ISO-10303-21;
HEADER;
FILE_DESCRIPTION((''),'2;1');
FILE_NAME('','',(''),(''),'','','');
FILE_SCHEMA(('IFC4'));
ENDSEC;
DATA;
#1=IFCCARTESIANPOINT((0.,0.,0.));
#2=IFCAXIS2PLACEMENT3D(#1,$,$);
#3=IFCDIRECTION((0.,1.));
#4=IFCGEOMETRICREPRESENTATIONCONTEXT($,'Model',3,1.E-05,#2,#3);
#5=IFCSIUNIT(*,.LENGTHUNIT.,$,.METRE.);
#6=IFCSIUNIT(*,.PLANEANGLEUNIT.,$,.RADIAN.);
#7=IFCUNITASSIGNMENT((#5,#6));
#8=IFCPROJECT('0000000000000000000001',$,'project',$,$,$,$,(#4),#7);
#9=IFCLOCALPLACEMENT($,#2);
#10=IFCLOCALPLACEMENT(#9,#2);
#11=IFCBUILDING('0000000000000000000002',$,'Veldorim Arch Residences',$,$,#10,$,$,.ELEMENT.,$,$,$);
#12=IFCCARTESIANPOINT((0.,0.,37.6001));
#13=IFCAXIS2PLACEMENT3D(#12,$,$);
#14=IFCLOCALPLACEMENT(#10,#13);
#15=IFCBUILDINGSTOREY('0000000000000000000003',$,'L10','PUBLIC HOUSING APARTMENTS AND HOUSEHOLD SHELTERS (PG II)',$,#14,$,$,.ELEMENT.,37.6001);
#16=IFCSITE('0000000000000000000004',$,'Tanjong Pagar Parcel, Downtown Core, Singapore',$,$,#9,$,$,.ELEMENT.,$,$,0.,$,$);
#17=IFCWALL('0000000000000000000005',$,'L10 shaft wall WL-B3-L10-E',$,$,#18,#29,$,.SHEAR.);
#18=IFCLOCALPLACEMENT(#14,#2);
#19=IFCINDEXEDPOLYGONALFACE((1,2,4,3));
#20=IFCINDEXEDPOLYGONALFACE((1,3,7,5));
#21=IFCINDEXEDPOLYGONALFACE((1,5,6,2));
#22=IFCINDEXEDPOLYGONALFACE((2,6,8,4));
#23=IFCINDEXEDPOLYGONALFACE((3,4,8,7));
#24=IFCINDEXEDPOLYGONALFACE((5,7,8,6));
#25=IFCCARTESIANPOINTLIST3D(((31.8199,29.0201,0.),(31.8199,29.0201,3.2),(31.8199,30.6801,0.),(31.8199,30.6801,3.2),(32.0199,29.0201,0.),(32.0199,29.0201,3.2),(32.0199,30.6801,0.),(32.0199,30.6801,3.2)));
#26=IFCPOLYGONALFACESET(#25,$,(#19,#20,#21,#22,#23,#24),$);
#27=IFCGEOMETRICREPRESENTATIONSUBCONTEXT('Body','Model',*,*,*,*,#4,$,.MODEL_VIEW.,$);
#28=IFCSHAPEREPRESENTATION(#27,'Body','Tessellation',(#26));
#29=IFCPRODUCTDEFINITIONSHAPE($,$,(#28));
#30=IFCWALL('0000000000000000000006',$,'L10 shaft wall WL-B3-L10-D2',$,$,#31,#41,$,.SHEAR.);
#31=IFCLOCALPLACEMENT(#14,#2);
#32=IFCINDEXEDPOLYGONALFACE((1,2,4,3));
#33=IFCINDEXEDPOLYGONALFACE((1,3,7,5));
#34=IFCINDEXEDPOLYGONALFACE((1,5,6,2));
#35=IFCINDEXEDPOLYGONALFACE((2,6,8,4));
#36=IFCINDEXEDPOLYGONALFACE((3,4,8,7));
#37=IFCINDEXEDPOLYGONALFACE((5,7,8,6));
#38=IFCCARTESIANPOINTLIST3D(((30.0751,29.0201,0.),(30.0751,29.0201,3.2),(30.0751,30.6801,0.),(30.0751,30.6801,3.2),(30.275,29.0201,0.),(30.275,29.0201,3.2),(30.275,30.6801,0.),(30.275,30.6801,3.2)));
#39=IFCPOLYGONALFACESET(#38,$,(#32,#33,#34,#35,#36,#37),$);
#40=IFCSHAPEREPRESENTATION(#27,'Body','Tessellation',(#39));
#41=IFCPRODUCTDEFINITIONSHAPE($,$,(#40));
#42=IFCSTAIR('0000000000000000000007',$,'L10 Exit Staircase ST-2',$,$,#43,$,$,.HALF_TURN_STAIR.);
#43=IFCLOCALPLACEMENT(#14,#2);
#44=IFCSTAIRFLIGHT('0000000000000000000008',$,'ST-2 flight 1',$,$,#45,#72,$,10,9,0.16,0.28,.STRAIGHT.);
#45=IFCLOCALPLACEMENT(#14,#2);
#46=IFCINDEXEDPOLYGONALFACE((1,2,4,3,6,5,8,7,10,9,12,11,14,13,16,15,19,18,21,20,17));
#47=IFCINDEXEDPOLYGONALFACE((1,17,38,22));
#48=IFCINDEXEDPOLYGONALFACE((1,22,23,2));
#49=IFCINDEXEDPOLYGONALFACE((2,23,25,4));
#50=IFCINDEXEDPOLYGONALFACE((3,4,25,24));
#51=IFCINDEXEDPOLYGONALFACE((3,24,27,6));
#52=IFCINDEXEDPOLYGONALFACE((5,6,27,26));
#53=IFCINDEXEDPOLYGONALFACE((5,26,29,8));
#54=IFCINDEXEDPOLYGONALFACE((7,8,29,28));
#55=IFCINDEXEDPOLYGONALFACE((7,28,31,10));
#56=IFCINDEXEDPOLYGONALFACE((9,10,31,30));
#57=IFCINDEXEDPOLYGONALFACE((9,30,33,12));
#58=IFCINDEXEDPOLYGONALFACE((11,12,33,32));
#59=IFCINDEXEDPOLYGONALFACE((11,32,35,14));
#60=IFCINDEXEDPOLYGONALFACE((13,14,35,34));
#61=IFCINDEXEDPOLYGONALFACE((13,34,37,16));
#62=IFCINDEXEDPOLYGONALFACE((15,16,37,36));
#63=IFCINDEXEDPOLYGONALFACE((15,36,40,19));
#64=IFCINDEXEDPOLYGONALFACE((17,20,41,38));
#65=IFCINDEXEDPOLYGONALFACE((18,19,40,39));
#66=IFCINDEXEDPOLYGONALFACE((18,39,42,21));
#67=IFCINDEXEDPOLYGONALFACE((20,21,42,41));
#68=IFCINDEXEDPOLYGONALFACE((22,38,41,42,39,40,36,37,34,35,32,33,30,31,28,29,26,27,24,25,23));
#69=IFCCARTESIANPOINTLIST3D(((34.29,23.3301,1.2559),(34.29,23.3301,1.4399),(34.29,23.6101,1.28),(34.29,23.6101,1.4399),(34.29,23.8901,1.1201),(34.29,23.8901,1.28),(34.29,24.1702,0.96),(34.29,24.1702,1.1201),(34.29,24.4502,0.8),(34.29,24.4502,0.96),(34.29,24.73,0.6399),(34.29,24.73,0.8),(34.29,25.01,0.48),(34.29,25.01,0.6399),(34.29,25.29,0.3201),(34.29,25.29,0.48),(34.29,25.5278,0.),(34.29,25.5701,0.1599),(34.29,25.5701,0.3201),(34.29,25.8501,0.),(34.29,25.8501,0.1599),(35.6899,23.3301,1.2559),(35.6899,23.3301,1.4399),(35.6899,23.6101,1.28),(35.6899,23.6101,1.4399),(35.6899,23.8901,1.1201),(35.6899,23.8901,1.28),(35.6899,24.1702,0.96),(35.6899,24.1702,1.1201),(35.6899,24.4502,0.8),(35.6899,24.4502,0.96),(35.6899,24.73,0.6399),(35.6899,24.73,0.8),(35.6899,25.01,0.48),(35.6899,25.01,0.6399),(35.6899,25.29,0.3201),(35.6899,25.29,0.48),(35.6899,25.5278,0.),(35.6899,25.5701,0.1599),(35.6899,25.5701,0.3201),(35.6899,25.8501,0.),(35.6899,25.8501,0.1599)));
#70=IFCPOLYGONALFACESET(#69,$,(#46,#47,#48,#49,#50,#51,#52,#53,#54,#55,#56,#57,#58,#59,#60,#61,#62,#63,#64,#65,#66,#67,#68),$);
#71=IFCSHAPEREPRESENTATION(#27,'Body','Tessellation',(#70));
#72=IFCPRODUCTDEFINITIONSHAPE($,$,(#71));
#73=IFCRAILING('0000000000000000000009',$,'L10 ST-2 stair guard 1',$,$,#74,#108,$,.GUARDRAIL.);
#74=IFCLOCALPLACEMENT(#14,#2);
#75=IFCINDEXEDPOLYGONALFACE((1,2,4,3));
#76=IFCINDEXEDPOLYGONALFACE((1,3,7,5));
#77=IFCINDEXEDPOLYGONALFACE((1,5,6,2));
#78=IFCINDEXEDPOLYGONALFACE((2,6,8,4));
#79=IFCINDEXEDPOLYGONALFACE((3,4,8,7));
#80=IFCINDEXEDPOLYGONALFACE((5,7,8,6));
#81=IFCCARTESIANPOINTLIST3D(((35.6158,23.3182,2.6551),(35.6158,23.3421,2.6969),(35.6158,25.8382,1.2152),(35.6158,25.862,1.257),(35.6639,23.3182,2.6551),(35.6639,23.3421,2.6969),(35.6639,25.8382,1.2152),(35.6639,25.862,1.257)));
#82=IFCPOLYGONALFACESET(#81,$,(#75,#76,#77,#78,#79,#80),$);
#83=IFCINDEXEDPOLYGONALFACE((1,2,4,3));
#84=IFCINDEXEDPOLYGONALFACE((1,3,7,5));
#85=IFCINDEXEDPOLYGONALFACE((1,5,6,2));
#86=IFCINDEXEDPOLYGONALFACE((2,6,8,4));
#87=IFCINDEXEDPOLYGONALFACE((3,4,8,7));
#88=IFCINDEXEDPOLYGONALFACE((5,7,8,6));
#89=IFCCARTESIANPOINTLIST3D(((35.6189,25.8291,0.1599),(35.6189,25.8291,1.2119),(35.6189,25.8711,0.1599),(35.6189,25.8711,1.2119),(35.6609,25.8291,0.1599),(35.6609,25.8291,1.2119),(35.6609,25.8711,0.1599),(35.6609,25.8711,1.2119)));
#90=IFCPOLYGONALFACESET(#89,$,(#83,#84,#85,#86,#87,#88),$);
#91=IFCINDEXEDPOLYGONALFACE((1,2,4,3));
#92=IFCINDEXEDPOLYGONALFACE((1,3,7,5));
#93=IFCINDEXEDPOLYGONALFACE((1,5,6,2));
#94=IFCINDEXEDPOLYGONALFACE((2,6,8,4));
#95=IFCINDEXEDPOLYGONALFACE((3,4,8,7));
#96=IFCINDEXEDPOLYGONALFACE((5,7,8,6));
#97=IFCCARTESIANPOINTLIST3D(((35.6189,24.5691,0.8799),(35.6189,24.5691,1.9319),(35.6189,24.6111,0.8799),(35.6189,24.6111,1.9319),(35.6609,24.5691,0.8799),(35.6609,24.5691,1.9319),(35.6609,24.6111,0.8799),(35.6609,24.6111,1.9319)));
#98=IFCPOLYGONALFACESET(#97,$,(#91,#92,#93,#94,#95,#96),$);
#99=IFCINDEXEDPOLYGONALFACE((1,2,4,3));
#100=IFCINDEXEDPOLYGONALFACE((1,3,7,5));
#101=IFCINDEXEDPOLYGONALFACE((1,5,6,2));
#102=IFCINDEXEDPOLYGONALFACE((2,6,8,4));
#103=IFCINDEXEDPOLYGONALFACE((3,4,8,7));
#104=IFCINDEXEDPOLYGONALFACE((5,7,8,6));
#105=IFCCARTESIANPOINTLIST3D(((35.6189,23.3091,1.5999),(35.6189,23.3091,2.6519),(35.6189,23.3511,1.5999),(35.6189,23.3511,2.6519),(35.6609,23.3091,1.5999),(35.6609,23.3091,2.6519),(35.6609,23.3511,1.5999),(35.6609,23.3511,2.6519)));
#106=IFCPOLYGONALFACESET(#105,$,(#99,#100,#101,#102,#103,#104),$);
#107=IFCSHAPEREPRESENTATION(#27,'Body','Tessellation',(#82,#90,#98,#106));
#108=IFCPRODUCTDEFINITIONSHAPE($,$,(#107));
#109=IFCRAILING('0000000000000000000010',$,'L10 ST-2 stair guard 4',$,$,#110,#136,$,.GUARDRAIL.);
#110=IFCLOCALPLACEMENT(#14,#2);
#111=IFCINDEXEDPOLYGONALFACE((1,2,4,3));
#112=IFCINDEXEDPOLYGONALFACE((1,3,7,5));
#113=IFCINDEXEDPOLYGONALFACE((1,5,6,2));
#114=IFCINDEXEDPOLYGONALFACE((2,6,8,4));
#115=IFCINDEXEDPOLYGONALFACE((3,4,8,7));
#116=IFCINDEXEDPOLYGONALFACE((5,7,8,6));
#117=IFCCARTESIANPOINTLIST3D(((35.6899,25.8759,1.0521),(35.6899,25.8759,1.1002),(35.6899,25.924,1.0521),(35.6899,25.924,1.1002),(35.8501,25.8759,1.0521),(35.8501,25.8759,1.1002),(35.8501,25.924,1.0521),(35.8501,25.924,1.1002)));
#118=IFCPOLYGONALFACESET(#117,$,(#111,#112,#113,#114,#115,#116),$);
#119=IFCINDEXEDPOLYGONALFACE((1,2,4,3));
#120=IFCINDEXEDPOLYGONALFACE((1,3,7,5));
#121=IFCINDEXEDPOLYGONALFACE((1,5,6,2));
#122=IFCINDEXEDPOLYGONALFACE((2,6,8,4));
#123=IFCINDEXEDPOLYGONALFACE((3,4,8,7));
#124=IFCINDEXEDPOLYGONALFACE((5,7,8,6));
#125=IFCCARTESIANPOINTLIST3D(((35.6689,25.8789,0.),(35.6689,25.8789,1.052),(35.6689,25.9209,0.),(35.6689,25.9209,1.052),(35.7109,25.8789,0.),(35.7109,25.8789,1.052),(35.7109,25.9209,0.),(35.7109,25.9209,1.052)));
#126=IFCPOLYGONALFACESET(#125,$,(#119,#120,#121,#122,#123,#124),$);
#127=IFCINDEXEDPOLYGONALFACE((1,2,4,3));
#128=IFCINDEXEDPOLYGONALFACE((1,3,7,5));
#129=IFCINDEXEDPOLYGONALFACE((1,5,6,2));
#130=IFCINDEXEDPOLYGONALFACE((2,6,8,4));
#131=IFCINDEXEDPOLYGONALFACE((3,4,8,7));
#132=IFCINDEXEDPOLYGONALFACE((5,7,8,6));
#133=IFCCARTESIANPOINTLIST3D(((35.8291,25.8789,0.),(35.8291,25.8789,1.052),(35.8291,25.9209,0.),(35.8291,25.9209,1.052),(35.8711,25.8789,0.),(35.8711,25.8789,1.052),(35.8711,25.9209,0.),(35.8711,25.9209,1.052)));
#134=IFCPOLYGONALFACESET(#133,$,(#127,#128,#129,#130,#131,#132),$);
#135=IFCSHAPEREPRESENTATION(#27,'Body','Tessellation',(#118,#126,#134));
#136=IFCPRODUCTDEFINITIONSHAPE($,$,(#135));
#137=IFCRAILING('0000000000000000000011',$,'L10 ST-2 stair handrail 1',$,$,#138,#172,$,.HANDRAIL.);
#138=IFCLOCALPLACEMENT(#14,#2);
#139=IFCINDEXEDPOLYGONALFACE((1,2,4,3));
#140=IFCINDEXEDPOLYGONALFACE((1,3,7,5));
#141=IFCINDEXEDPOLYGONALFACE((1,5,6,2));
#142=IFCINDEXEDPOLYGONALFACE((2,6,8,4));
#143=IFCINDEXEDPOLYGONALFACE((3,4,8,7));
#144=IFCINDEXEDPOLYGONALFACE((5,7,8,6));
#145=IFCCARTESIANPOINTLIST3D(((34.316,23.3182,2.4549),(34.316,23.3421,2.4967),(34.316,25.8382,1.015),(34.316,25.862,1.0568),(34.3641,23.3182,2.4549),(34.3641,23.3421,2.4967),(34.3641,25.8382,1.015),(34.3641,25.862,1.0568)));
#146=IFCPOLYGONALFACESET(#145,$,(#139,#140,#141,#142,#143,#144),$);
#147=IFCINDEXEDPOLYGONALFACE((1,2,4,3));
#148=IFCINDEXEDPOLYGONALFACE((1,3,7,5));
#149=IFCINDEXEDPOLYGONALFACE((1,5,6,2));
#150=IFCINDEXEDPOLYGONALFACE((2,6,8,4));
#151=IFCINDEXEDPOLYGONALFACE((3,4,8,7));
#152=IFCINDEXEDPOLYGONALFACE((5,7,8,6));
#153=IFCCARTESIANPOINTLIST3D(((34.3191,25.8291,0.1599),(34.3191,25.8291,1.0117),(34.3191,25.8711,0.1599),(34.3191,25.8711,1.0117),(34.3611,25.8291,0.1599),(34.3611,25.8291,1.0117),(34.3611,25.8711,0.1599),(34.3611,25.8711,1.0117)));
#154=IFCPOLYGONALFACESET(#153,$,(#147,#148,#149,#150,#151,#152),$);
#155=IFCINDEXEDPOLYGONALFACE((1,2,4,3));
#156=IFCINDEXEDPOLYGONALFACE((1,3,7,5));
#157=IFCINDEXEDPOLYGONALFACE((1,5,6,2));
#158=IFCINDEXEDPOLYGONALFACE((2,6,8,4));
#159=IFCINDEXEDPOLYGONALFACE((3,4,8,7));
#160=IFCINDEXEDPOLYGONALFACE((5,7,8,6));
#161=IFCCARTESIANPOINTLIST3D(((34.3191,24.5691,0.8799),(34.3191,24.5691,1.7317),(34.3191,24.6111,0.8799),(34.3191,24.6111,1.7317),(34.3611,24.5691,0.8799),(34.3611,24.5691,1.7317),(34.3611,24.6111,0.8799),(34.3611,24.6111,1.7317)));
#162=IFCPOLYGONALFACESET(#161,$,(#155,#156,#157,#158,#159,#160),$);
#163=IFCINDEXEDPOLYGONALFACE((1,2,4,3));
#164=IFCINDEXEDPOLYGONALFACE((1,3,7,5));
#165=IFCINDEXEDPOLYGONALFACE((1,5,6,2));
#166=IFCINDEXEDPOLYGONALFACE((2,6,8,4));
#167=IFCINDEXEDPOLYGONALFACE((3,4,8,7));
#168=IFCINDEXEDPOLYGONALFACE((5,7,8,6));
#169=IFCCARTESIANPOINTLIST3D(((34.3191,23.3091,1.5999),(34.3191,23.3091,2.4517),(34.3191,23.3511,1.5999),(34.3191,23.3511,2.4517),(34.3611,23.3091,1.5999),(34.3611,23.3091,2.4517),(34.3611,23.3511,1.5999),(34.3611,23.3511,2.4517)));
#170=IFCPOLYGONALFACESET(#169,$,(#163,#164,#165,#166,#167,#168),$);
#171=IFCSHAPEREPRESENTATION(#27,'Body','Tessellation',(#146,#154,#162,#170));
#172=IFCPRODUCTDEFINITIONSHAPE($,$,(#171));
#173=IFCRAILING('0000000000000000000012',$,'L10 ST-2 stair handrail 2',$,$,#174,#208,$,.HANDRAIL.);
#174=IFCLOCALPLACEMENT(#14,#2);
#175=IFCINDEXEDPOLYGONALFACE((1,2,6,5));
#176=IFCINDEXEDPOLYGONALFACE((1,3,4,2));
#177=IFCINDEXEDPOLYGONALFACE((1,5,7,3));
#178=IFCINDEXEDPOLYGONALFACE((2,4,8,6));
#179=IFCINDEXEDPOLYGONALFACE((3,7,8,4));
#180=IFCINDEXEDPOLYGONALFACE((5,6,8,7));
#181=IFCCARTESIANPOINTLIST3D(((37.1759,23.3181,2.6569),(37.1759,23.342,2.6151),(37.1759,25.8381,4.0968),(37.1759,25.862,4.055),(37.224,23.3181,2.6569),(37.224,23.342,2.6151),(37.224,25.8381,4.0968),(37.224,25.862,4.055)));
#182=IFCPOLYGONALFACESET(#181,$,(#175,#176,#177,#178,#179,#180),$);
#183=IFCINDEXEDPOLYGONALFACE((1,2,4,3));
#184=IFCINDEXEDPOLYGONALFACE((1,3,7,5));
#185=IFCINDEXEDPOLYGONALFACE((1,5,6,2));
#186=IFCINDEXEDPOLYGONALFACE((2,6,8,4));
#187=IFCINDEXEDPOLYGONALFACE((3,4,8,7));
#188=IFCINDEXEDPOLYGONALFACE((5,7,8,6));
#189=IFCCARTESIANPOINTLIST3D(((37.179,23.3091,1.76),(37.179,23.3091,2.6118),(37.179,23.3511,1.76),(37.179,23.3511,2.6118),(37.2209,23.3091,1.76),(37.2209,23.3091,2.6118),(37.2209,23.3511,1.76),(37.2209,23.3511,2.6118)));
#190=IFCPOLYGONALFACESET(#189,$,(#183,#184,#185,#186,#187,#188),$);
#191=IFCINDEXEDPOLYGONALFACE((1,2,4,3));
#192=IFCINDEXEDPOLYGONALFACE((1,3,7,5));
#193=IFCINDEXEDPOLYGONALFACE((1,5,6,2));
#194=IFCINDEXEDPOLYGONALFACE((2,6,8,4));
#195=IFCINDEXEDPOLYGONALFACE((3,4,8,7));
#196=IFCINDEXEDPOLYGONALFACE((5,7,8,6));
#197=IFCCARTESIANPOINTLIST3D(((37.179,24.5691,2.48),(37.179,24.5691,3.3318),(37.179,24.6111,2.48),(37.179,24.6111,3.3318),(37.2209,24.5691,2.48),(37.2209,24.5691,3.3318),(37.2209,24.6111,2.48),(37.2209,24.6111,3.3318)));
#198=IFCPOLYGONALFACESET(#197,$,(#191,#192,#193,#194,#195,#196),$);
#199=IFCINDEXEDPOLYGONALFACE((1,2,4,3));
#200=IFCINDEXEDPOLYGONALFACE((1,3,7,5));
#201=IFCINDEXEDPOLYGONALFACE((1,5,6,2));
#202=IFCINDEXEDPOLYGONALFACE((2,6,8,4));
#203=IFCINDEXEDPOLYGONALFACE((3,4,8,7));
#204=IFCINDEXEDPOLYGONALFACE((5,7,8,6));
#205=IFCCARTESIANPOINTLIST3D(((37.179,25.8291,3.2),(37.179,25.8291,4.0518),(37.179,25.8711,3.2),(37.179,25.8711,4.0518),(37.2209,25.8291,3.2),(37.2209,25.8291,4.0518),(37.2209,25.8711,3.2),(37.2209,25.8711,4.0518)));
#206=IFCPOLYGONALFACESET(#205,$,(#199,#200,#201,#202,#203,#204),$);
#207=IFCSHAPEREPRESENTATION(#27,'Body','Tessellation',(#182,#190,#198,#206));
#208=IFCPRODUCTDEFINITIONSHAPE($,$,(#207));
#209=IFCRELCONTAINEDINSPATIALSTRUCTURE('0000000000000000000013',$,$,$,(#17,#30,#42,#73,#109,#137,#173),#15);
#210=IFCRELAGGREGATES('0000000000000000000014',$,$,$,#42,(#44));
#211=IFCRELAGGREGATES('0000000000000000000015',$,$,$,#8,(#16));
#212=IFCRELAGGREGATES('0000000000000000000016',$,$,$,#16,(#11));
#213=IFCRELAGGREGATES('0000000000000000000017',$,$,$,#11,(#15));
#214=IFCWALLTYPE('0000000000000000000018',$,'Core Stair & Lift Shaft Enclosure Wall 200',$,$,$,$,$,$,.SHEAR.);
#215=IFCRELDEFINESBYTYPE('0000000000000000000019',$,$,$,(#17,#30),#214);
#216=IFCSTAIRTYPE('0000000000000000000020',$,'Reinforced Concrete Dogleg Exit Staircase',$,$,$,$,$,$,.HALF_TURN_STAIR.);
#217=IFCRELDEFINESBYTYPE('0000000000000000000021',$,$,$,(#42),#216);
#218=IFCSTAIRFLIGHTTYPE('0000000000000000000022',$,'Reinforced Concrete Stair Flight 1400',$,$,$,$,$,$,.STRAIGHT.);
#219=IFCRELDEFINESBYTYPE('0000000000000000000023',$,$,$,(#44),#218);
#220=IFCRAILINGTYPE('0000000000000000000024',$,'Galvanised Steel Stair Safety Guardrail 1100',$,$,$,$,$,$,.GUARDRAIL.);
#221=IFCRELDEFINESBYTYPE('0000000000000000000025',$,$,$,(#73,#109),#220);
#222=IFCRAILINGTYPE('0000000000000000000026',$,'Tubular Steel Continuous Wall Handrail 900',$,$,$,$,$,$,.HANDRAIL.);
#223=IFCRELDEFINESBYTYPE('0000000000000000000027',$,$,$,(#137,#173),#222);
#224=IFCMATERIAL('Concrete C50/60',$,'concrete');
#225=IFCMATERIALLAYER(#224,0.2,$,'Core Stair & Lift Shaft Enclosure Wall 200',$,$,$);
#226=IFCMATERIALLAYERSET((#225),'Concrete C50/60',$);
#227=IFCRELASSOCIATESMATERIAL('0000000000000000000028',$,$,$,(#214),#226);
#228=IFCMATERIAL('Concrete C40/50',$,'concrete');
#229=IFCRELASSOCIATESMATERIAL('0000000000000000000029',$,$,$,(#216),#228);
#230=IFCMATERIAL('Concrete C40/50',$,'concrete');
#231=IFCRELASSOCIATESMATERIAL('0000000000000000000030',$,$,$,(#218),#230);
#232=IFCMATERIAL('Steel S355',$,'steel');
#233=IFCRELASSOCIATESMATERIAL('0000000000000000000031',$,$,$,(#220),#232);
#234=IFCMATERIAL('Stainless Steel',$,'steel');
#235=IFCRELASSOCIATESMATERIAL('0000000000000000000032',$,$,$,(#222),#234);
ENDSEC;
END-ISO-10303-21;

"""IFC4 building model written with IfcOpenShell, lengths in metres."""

from ifc_helpers import new_model, si_unit, direction, frame, frame_2d, origin, origin_2d, place, context, subcontext, project, spatial, polyline, rectangle, outline, extrude, material, layer, layer_set, type_object, element, aggregate, save


model = new_model("IFC4")

# Units and contexts
model_context = context("Model", 3, precision=1e-05, world=origin(), true_north=direction((0.0, 1.0)))
body_context = subcontext(model_context, "Body", "Model", "MODEL_VIEW")
ifc_project = project(units=[si_unit("LENGTHUNIT", "METRE"), si_unit("PLANEANGLEUNIT", "RADIAN")], contexts=[model_context])

# Site, building, storey
site_placement = place(None, origin())
site = spatial("IfcSite", under=ifc_project, at=site_placement, Name="Tanjong Pagar Parcel, Downtown Core, Singapore", CompositionType="ELEMENT", RefElevation=0.0)
building_placement = place(site_placement, origin())
building = spatial("IfcBuilding", under=site, at=building_placement, Name="Veldorim Arch Residences", CompositionType="ELEMENT")
storey_placement = place(building_placement, frame((0.0, 0.0, 37.6001)))
storey = spatial("IfcBuildingStorey", under=building, at=storey_placement, Name="L10", Description="PUBLIC HOUSING APARTMENTS AND HOUSEHOLD SHELTERS (PG II)", CompositionType="ELEMENT", Elevation=37.6001)

# Shared definitions
ifc_material_1 = material(Name="Concrete C50/60", Category="concrete")
ifc_layer_1 = layer(ifc_material_1, 0.2, Name="Core Stair & Lift Shaft Enclosure Wall 200")
ifc_layer_set_1 = layer_set([ifc_layer_1], Name="Concrete C50/60")
wall_type_1 = type_object("IfcWallType", Name="Core Stair & Lift Shaft Enclosure Wall 200", PredefinedType="SHEAR", material=ifc_layer_set_1)

# Walls
for number, where, z_axis, x_axis, name in (
    (1, (31.9199, 29.02, 0.0), (0.0, 0.0, 1.0), (0.0, 1.0, 0.0), "L10 shaft wall WL-B3-L10-E"),
    (2, (30.175, 29.02, 0.0), (0.0, 0.0, 1.0), (0.0, 1.0, 0.0), "L10 shaft wall WL-B3-L10-D2"),
):
    element("IfcWall", number, at=place(storey_placement, frame(where, z_axis=z_axis, x_axis=x_axis)), inside=storey, type_object=wall_type_1, Name=name, PredefinedType="SHEAR", context=body_context, shape_type="SweptSolid", body=[
        extrude(rectangle(XDim=1.6599, YDim=0.2, at=frame_2d((0.8301, 0.0))), origin(), (0.0, 0.0, 1.0), 3.2),
    ])

# Stair, stair flight
ifc_material_2 = material(Name="Concrete C40/50", Category="concrete")
stair_type = type_object("IfcStairType", Name="Reinforced Concrete Dogleg Exit Staircase", PredefinedType="HALF_TURN_STAIR", material=ifc_material_2)
stair_placement = place(storey_placement, origin())
stair = element("IfcStair", 3, at=stair_placement, inside=storey, type_object=stair_type, Name="L10 Exit Staircase ST-2", PredefinedType="HALF_TURN_STAIR")
ifc_material_3 = material(Name="Concrete C40/50", Category="concrete")
stair_flight_type = type_object("IfcStairFlightType", Name="Reinforced Concrete Stair Flight 1400", PredefinedType="STRAIGHT", material=ifc_material_3)
stair_flight_placement = place(storey_placement, frame((34.99, 25.8501, 0.0), z_axis=(0.0, 0.0, 1.0), x_axis=(0.0, -1.0, 0.0)))
stair_flight = element("IfcStairFlight", 4, at=stair_flight_placement, type_object=stair_flight_type, Name="ST-2 flight 1", NumberOfRisers=10, NumberOfTreads=9, PredefinedType="STRAIGHT", RiserHeight=0.16, TreadLength=0.28, context=body_context, shape_type="SweptSolid", body=[
    extrude(outline(polyline([(0.0, 0.0), (0.0, 0.1599), (0.28, 0.1599), (0.28, 0.3201), (0.5601, 0.3201), (0.5601, 0.48), (0.8401, 0.48), (0.8401, 0.6399), (1.1201, 0.6399), (1.1201, 0.8), (1.3999, 0.8), (1.3999, 0.96), (1.6799, 0.96), (1.6799, 1.1201), (1.96, 1.1201), (1.96, 1.28), (2.24, 1.28), (2.24, 1.4399), (2.52, 1.4399), (2.52, 1.6001), (2.52, 1.2559), (0.3223, 0.0), (0.0, 0.0)])), frame((0.0, 0.7, 0.0), z_axis=(0.0, -1.0, 0.0), x_axis=(1.0, 0.0, 0.0)), (0.0, 0.0, 1.0), 1.3999),
])
aggregate(stair, [stair_flight])

# Railings
ifc_material_4 = material(Name="Steel S355", Category="steel")
railing_type_1 = type_object("IfcRailingType", Name="Galvanised Steel Stair Safety Guardrail 1100", PredefinedType="GUARDRAIL", material=ifc_material_4)
railing_1_placement = place(storey_placement, frame((35.6399, 25.8501, 0.1599)))
element("IfcRailing", 5, at=railing_1_placement, inside=storey, type_object=railing_type_1, Name="L10 ST-2 stair guard 1", PredefinedType="GUARDRAIL", context=body_context, shape_type="SweptSolid", body=[
    extrude(rectangle(XDim=0.0481, YDim=0.0481, at=origin_2d()), frame((0.0, 0.0, 1.0762), z_axis=(0.0, -0.868253, 0.496121), x_axis=(1.0, 0.0, 0.0)), (0.0, 0.0, 1.0), 2.9023),
    extrude(rectangle(XDim=0.042, YDim=0.042, at=origin_2d()), origin(), (0.0, 0.0, 1.0), 1.052),
    extrude(rectangle(XDim=0.042, YDim=0.042, at=origin_2d()), frame((0.0, -1.26, 0.72)), (0.0, 0.0, 1.0), 1.052),
    extrude(rectangle(XDim=0.042, YDim=0.042, at=origin_2d()), frame((0.0, -2.52, 1.4399)), (0.0, 0.0, 1.0), 1.052),
])
railing_2_placement = place(storey_placement, frame((35.6899, 25.8999, 0.0)))
element("IfcRailing", 6, at=railing_2_placement, inside=storey, type_object=railing_type_1, Name="L10 ST-2 stair guard 4", PredefinedType="GUARDRAIL", context=body_context, shape_type="SweptSolid", body=[
    extrude(rectangle(XDim=0.0481, YDim=0.0481, at=origin_2d()), frame((0.0, 0.0, 1.0762), z_axis=(1.0, 0.0, 0.0), x_axis=(0.0, 1.0, 0.0)), (0.0, 0.0, 1.0), 0.1602),
    extrude(rectangle(XDim=0.042, YDim=0.042, at=origin_2d()), origin(), (0.0, 0.0, 1.0), 1.052),
    extrude(rectangle(XDim=0.042, YDim=0.042, at=origin_2d()), frame((0.1602, 0.0, 0.0)), (0.0, 0.0, 1.0), 1.052),
])
ifc_material_5 = material(Name="Stainless Steel", Category="steel")
railing_type_2 = type_object("IfcRailingType", Name="Tubular Steel Continuous Wall Handrail 900", PredefinedType="HANDRAIL", material=ifc_material_5)
railing_3_placement = place(storey_placement, frame((34.3401, 25.8501, 0.1599)))
element("IfcRailing", 7, at=railing_3_placement, inside=storey, type_object=railing_type_2, Name="L10 ST-2 stair handrail 1", PredefinedType="HANDRAIL", context=body_context, shape_type="SweptSolid", body=[
    extrude(rectangle(XDim=0.0481, YDim=0.0481, at=origin_2d()), frame((0.0, 0.0, 0.876), z_axis=(0.0, -0.868253, 0.496121), x_axis=(1.0, 0.0, 0.0)), (0.0, 0.0, 1.0), 2.9023),
    extrude(rectangle(XDim=0.042, YDim=0.042, at=origin_2d()), origin(), (0.0, 0.0, 1.0), 0.8518),
    extrude(rectangle(XDim=0.042, YDim=0.042, at=origin_2d()), frame((0.0, -1.26, 0.72)), (0.0, 0.0, 1.0), 0.8518),
    extrude(rectangle(XDim=0.042, YDim=0.042, at=origin_2d()), frame((0.0, -2.52, 1.4399)), (0.0, 0.0, 1.0), 0.8518),
])
railing_4_placement = place(storey_placement, frame((37.2, 23.3301, 1.76)))
element("IfcRailing", 8, at=railing_4_placement, inside=storey, type_object=railing_type_2, Name="L10 ST-2 stair handrail 2", PredefinedType="HANDRAIL", context=body_context, shape_type="SweptSolid", body=[
    extrude(rectangle(XDim=0.0481, YDim=0.0481, at=origin_2d()), frame((0.0, 0.0, 0.876), z_axis=(0.0, 0.868253, 0.496121), x_axis=(-1.0, 0.0, 0.0)), (0.0, 0.0, 1.0), 2.9023),
    extrude(rectangle(XDim=0.042, YDim=0.042, at=origin_2d()), origin(), (0.0, 0.0, 1.0), 0.8518),
    extrude(rectangle(XDim=0.042, YDim=0.042, at=origin_2d()), frame((0.0, 1.26, 0.72)), (0.0, 0.0, 1.0), 0.8518),
    extrude(rectangle(XDim=0.042, YDim=0.042, at=origin_2d()), frame((0.0, 2.52, 1.4399)), (0.0, 0.0, 1.0), 0.8518),
])

save(model, "model.ifc")
